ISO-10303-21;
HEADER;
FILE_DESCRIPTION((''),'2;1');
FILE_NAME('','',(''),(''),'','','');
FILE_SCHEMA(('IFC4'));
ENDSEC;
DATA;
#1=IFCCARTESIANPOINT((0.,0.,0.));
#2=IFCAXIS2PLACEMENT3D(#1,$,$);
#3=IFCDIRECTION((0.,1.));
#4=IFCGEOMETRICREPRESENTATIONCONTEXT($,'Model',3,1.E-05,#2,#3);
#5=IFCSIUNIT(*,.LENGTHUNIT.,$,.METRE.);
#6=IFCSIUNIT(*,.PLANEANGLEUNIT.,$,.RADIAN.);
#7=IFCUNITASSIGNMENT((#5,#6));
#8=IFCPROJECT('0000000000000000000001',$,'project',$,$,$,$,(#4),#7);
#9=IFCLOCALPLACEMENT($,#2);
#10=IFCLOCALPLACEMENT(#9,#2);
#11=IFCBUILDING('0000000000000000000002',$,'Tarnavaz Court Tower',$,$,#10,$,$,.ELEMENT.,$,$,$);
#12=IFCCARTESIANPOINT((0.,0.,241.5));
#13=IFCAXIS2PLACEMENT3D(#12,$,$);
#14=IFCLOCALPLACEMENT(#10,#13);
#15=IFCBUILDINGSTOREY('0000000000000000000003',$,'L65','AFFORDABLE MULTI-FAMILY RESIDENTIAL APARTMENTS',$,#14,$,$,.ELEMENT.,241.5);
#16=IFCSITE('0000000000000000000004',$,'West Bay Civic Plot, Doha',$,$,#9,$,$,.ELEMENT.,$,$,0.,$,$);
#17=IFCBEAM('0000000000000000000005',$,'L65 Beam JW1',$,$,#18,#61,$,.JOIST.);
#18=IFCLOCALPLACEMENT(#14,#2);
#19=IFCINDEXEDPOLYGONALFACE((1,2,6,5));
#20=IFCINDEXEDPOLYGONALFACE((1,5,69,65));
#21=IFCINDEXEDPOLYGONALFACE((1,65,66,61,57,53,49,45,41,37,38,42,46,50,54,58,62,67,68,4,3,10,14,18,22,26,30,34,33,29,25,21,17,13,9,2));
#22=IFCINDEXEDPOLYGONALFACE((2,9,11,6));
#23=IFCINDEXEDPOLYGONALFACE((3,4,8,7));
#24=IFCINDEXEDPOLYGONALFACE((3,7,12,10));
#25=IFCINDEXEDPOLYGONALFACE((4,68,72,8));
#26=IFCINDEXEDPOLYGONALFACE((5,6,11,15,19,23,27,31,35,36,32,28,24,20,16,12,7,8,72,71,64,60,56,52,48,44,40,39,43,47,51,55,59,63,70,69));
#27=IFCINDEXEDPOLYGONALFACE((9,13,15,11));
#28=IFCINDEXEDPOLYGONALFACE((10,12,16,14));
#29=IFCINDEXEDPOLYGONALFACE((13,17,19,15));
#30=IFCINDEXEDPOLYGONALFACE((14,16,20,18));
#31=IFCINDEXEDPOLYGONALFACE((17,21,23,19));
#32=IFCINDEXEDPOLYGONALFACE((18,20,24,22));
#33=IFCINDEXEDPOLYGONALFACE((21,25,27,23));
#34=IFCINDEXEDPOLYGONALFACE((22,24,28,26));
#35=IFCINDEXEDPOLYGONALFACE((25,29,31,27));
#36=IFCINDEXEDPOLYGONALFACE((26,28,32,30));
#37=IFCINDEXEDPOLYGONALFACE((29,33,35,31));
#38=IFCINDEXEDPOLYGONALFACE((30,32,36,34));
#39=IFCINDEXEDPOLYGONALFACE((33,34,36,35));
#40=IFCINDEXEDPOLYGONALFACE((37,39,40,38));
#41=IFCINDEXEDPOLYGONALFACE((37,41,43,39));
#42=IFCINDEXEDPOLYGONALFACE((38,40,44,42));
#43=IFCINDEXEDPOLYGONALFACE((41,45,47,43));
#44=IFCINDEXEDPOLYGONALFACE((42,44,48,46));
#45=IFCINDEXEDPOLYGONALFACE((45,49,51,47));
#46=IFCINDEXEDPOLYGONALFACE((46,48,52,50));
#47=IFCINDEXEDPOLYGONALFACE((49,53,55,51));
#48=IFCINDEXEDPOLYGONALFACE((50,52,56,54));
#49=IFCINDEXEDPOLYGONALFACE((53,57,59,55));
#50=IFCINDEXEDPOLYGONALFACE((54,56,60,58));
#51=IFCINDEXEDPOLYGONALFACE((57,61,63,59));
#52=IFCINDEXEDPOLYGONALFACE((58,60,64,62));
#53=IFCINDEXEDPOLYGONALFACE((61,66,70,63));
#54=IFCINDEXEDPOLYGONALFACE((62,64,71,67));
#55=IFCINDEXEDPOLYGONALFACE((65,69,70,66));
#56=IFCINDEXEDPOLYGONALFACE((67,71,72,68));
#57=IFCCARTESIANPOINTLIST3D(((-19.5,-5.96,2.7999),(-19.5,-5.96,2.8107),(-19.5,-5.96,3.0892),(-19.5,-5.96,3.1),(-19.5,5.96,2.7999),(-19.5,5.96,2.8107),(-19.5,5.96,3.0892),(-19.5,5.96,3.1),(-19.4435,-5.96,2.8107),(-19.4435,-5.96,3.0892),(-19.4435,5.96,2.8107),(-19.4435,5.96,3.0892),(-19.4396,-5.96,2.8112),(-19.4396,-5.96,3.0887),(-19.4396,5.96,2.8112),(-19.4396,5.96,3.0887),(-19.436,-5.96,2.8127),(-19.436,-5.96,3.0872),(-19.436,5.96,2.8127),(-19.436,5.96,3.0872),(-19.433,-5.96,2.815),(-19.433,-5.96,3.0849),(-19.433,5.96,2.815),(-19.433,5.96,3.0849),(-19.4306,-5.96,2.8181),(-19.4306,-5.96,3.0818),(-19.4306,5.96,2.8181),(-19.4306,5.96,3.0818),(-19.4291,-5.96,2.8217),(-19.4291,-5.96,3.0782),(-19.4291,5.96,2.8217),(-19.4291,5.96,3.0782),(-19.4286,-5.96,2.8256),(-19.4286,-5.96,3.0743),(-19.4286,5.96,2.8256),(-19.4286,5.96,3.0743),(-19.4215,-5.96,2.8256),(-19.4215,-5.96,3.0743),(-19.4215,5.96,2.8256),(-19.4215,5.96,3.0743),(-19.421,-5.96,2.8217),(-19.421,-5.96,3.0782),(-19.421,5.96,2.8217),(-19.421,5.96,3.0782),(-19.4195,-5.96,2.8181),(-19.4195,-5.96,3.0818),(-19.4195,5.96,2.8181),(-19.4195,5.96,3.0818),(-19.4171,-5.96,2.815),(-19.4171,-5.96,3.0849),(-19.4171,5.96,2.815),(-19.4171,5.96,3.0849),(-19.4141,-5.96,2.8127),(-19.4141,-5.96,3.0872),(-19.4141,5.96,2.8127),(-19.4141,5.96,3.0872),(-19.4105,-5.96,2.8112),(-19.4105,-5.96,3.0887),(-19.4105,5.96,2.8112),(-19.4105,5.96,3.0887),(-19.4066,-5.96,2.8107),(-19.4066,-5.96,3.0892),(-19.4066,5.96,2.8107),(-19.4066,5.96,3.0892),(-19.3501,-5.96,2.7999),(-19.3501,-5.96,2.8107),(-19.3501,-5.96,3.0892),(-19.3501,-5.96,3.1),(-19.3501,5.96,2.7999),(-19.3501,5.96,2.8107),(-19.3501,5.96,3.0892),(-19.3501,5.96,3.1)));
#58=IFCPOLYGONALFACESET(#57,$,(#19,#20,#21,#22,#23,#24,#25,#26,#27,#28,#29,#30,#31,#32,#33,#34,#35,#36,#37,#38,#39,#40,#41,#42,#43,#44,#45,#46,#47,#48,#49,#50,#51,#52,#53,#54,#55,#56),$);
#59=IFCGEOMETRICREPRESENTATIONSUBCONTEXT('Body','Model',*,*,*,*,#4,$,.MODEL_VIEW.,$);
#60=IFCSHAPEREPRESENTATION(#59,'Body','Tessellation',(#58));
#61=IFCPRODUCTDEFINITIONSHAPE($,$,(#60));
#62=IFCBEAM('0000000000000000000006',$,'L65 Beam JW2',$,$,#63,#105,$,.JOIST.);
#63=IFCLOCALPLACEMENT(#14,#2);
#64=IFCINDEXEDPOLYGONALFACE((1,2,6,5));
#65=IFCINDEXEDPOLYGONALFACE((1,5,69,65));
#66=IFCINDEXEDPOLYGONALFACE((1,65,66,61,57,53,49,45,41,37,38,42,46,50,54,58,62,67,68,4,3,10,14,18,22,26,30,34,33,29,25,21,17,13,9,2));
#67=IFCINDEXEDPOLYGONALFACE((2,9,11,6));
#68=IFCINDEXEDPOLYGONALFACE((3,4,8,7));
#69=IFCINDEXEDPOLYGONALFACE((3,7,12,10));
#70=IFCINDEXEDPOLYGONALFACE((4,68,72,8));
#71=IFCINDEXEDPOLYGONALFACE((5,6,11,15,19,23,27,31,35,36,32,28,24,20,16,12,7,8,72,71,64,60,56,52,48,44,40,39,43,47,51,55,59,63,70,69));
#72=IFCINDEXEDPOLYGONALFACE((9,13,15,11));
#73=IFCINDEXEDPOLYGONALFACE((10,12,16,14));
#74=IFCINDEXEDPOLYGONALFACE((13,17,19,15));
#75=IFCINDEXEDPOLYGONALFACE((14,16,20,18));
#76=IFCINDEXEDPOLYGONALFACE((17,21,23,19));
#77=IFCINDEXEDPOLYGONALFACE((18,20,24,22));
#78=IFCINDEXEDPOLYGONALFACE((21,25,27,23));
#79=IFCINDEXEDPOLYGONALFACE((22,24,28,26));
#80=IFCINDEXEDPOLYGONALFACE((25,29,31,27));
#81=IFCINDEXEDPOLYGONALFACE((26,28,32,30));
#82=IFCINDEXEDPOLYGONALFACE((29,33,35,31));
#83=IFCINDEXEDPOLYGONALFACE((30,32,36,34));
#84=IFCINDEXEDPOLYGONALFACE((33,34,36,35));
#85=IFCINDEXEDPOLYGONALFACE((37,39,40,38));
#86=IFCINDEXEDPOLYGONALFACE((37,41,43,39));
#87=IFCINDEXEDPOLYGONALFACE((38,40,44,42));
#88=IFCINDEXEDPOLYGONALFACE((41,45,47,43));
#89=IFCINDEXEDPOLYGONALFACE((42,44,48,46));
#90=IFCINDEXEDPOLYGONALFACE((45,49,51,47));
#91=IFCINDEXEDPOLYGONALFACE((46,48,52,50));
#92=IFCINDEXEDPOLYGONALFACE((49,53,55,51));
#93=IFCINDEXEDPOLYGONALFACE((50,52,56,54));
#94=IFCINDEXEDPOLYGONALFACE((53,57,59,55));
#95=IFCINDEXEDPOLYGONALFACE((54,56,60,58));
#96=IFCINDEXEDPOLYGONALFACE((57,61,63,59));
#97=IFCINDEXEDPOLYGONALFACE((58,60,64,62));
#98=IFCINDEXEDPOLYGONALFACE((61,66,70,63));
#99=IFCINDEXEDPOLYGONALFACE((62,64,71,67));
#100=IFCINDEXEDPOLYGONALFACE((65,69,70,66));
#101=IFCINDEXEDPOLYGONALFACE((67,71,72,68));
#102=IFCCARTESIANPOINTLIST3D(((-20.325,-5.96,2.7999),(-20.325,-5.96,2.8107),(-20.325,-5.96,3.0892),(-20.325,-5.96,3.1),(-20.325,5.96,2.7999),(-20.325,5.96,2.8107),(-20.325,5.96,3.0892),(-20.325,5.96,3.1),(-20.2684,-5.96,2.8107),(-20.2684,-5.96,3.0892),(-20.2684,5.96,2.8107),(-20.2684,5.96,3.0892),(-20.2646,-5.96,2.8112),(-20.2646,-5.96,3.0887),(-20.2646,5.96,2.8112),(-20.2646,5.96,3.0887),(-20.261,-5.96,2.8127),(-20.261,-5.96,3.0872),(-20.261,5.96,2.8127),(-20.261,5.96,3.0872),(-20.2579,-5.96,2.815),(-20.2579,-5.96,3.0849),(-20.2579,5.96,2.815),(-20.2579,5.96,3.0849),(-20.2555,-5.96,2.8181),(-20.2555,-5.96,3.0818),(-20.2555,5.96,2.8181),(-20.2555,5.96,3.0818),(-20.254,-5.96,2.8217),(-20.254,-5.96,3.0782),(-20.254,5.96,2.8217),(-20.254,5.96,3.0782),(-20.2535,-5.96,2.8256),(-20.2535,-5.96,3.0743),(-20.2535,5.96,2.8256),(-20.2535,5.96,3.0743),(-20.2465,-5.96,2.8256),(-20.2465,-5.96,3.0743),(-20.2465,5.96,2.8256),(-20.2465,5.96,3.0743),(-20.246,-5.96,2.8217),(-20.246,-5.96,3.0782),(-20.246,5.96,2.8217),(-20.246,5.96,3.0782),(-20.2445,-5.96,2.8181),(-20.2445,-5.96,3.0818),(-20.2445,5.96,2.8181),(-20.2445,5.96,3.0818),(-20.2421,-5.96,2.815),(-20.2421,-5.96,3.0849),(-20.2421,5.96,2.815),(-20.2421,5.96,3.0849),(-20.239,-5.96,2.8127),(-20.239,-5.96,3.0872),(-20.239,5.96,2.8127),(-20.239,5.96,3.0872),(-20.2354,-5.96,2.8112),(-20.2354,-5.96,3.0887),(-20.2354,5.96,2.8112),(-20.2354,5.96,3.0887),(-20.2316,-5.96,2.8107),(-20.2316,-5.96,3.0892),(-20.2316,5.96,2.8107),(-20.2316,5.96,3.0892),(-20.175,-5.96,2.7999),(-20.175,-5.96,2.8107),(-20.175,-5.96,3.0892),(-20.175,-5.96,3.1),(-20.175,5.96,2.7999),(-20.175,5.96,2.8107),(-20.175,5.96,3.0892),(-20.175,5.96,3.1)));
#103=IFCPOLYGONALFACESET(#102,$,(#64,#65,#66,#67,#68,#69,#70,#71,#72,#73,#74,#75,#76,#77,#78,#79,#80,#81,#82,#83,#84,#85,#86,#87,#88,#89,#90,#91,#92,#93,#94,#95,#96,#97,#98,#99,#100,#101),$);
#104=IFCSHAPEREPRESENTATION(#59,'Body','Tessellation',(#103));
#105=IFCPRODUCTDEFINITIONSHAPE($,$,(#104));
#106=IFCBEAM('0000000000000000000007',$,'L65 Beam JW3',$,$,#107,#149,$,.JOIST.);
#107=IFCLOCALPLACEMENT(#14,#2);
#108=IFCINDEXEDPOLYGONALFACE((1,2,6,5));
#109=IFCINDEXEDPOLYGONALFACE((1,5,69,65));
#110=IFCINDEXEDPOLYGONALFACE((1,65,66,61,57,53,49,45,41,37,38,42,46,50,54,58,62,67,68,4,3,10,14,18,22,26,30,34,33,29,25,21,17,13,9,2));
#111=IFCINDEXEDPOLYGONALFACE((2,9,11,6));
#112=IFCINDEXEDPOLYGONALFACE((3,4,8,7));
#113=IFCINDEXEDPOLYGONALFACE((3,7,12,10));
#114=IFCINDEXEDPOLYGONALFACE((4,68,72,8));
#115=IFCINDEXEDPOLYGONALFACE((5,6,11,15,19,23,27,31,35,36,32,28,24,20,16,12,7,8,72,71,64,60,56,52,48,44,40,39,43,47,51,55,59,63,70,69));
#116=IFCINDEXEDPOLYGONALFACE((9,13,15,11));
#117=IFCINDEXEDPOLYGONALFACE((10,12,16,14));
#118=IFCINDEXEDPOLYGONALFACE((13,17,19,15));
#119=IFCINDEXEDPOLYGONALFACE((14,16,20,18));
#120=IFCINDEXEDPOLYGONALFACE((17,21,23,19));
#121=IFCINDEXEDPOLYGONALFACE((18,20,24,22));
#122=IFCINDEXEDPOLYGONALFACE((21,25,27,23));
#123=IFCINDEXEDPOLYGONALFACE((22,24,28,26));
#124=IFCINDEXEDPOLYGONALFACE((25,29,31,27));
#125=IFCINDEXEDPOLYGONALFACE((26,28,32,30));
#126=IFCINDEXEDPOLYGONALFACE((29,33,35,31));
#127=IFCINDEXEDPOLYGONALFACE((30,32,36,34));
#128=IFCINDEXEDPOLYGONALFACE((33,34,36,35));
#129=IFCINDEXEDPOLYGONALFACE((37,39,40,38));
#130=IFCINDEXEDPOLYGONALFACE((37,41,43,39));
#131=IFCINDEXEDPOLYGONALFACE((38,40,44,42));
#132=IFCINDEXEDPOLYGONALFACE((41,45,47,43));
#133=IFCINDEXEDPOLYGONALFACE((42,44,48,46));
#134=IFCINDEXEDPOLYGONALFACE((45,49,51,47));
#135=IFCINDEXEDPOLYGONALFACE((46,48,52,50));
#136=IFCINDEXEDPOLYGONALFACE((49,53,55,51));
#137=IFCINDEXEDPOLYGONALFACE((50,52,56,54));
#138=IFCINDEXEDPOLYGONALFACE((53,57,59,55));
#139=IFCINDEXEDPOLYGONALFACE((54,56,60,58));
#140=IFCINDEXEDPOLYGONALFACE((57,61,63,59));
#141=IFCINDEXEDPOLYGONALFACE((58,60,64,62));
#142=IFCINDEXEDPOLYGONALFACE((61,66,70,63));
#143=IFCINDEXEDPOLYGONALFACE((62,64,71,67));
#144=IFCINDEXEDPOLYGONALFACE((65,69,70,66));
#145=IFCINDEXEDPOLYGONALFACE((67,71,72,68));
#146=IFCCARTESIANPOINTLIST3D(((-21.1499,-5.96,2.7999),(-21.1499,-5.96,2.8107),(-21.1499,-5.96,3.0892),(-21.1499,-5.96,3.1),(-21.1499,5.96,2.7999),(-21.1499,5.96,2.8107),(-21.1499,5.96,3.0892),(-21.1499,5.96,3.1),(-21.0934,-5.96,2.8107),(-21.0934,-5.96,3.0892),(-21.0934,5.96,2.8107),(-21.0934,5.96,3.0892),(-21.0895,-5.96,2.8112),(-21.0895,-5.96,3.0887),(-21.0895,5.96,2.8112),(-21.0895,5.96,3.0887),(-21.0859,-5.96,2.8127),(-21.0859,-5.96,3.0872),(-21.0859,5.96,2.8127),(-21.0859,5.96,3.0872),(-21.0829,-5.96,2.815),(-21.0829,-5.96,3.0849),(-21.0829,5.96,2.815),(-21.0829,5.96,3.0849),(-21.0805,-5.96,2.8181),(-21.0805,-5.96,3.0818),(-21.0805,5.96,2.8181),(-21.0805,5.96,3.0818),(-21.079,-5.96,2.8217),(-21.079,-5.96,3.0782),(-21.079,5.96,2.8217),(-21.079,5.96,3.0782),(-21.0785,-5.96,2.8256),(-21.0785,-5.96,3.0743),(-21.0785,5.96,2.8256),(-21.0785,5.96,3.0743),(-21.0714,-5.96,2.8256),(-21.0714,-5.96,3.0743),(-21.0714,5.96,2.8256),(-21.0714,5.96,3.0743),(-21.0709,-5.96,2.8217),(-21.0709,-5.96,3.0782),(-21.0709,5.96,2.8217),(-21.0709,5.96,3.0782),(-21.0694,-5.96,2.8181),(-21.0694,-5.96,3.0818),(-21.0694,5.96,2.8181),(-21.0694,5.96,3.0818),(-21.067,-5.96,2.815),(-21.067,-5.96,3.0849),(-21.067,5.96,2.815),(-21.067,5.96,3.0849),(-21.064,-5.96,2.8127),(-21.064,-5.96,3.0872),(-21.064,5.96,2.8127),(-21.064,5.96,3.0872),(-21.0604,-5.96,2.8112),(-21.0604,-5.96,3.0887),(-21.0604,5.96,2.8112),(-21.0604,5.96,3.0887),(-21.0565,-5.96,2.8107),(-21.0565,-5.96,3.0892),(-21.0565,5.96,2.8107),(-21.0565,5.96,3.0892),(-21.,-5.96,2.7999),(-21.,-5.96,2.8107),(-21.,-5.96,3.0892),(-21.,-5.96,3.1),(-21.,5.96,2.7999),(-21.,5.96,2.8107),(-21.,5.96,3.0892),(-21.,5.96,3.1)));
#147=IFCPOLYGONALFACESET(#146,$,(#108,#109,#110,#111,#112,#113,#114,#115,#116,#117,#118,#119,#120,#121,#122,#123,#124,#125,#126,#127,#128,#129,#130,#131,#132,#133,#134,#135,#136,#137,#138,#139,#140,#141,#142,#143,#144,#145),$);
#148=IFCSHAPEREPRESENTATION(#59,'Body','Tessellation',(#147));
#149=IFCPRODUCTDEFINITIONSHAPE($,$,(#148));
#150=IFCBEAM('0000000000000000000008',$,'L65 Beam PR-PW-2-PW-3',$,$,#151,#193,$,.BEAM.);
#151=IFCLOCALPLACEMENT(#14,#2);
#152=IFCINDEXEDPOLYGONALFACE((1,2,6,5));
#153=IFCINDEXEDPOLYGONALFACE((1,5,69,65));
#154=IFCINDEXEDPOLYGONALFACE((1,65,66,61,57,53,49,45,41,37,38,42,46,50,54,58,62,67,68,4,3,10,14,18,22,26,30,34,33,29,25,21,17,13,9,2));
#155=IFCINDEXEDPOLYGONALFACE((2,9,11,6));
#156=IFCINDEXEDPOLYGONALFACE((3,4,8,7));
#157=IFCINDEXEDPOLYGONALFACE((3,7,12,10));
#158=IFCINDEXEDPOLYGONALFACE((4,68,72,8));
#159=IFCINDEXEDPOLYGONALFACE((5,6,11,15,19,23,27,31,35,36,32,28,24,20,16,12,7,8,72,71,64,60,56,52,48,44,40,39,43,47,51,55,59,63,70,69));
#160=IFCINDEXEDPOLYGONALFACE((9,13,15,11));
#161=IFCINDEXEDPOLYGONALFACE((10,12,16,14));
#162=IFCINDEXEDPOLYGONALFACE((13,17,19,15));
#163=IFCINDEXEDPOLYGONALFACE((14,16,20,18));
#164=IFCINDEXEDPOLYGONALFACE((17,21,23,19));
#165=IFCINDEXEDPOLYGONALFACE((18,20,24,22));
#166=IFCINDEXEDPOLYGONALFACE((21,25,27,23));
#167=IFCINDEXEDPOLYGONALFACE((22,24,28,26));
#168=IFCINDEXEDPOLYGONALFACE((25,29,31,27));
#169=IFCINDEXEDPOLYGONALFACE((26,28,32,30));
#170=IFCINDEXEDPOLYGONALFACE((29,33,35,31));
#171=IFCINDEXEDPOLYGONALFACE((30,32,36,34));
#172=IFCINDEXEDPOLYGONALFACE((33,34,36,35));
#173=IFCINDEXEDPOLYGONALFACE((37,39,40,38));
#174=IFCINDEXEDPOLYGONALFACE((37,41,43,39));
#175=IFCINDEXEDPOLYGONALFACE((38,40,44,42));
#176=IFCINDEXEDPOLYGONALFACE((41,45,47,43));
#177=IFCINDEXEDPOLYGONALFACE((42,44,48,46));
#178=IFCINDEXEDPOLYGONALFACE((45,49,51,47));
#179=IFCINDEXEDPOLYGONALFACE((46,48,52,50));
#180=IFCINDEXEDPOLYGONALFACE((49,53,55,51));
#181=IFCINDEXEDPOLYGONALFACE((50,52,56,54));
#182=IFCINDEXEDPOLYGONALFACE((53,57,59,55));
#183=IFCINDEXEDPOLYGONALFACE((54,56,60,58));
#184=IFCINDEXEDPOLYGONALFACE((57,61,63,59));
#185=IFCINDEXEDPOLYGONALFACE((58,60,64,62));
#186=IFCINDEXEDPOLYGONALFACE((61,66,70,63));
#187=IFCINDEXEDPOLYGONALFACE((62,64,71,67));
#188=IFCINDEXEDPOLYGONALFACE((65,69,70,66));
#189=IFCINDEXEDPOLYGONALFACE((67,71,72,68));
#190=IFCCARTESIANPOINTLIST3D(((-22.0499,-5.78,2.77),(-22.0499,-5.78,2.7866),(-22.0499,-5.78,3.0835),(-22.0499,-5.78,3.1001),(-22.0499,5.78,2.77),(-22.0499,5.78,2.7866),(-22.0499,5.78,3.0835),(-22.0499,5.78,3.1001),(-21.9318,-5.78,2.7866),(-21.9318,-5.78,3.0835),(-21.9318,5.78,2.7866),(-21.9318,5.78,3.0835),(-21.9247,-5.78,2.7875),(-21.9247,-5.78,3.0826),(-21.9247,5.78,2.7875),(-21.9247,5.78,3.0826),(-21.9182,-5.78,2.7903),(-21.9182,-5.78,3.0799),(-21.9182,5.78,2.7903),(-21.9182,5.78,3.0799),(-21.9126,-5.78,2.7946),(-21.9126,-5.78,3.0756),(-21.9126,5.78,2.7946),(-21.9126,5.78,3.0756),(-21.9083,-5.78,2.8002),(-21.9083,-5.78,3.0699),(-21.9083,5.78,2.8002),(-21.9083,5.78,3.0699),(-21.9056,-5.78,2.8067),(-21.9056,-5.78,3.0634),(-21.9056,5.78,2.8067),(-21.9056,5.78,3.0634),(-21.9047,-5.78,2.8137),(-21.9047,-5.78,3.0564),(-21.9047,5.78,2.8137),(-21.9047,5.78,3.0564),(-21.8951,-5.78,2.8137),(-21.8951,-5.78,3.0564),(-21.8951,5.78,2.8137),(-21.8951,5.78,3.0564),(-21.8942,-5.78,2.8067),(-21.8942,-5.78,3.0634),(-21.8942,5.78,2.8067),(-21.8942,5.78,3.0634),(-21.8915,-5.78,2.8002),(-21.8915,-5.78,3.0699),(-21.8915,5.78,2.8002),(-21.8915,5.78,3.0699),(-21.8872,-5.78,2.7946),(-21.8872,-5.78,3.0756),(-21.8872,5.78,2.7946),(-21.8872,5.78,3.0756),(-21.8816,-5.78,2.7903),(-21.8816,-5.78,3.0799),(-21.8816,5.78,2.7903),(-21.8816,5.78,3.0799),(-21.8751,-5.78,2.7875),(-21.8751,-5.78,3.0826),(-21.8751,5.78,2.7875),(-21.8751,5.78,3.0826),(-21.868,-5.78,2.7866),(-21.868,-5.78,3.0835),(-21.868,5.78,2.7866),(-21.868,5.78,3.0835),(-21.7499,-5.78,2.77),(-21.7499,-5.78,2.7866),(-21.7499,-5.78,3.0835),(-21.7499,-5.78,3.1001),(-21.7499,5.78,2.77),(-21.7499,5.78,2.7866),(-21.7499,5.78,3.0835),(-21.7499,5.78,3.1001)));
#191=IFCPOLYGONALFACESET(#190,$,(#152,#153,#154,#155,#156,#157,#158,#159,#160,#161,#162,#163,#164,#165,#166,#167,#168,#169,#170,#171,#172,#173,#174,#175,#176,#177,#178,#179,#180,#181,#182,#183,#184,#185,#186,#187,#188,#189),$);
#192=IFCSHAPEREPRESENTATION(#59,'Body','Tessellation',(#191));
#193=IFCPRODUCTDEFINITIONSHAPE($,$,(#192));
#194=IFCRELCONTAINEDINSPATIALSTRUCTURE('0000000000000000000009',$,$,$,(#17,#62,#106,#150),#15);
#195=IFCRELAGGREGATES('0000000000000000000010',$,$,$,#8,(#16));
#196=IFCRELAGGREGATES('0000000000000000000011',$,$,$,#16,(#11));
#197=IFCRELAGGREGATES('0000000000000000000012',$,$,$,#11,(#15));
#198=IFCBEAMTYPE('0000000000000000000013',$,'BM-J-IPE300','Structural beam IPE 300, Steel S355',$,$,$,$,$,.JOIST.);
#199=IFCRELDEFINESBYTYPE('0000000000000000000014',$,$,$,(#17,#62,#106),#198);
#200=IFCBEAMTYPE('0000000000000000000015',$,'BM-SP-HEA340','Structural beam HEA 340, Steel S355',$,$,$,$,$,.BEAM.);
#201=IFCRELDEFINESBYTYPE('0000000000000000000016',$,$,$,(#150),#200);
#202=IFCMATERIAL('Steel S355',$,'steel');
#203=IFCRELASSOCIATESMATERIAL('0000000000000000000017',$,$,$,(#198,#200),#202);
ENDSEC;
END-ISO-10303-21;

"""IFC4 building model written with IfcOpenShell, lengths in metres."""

from ifc_helpers import new_model, si_unit, direction, frame, origin, origin_2d, place, context, subcontext, project, spatial, i_section, extrude, material, material_profile, profile_set, type_object, element, save


model = new_model("IFC4")

# Units and contexts
model_context = context("Model", 3, precision=1e-05, world=origin(), true_north=direction((0.0, 1.0)))
body_context = subcontext(model_context, "Body", "Model", "MODEL_VIEW")
ifc_project = project(units=[si_unit("LENGTHUNIT", "METRE"), si_unit("PLANEANGLEUNIT", "RADIAN")], contexts=[model_context])

# Site, building, storey
site_placement = place(None, origin())
site = spatial("IfcSite", under=ifc_project, at=site_placement, Name="West Bay Civic Plot, Doha", CompositionType="ELEMENT", RefElevation=0.0)
building_placement = place(site_placement, origin())
building = spatial("IfcBuilding", under=site, at=building_placement, Name="Tarnavaz Court Tower", CompositionType="ELEMENT")
storey_placement = place(building_placement, frame((0.0, 0.0, 241.5)))
storey = spatial("IfcBuildingStorey", under=building, at=storey_placement, Name="L65", Description="AFFORDABLE MULTI-FAMILY RESIDENTIAL APARTMENTS", CompositionType="ELEMENT", Elevation=241.5)

# Beams
ifc_material_1 = material(Name="Steel S355", Category="steel")
ifc_material_profile_1 = material_profile(ifc_material_1, i_section(OverallWidth=0.1499, OverallDepth=0.3, WebThickness=0.0071, FlangeThickness=0.0107, FilletRadius=0.0149, at=origin_2d()), Name="IPE 300")
ifc_profile_set_1 = profile_set([ifc_material_profile_1], Name="Steel S355")
beam_type_1 = type_object("IfcBeamType", Name="BM-J-IPE300", Description="Structural beam IPE 300, Steel S355", PredefinedType="JOIST", material=ifc_profile_set_1)
for number, where, z_axis, x_axis, name in (
    (1, (-19.425, -5.96, 2.95), (0.0, 1.0, 0.0), (-1.0, 0.0, 0.0), "L65 Beam JW1"),
    (2, (-20.25, -5.96, 2.95), (0.0, 1.0, 0.0), (-1.0, 0.0, 0.0), "L65 Beam JW2"),
    (3, (-21.075, -5.96, 2.95), (0.0, 1.0, 0.0), (-1.0, 0.0, 0.0), "L65 Beam JW3"),
):
    element("IfcBeam", number, at=place(storey_placement, frame(where, z_axis=z_axis, x_axis=x_axis)), inside=storey, type_object=beam_type_1, Name=name, PredefinedType="JOIST", context=body_context, shape_type="SweptSolid", body=[
        extrude(i_section(OverallWidth=0.1499, OverallDepth=0.3, WebThickness=0.0071, FlangeThickness=0.0107, FilletRadius=0.0149, at=origin_2d()), origin(), (0.0, 0.0, 1.0), 11.9199),
    ])
ifc_material_profile_2 = material_profile(ifc_material_1, i_section(OverallWidth=0.3, OverallDepth=0.3301, WebThickness=0.0095, FlangeThickness=0.0166, FilletRadius=0.0271, at=origin_2d()), Name="HEA 340")
ifc_profile_set_2 = profile_set([ifc_material_profile_2], Name="Steel S355")
beam_type_2 = type_object("IfcBeamType", Name="BM-SP-HEA340", Description="Structural beam HEA 340, Steel S355", PredefinedType="BEAM", material=ifc_profile_set_2)
beam_1_placement = place(storey_placement, frame((-21.8999, -5.78, 2.9351), z_axis=(0.0, 1.0, 0.0), x_axis=(-1.0, 0.0, 0.0)))
element("IfcBeam", 4, at=beam_1_placement, inside=storey, type_object=beam_type_2, Name="L65 Beam PR-PW-2-PW-3", PredefinedType="BEAM", context=body_context, shape_type="SweptSolid", body=[
    extrude(i_section(OverallWidth=0.3, OverallDepth=0.3301, WebThickness=0.0095, FlangeThickness=0.0166, FilletRadius=0.0271, at=origin_2d()), origin(), (0.0, 0.0, 1.0), 11.5601),
])

save(model, "model.ifc")
